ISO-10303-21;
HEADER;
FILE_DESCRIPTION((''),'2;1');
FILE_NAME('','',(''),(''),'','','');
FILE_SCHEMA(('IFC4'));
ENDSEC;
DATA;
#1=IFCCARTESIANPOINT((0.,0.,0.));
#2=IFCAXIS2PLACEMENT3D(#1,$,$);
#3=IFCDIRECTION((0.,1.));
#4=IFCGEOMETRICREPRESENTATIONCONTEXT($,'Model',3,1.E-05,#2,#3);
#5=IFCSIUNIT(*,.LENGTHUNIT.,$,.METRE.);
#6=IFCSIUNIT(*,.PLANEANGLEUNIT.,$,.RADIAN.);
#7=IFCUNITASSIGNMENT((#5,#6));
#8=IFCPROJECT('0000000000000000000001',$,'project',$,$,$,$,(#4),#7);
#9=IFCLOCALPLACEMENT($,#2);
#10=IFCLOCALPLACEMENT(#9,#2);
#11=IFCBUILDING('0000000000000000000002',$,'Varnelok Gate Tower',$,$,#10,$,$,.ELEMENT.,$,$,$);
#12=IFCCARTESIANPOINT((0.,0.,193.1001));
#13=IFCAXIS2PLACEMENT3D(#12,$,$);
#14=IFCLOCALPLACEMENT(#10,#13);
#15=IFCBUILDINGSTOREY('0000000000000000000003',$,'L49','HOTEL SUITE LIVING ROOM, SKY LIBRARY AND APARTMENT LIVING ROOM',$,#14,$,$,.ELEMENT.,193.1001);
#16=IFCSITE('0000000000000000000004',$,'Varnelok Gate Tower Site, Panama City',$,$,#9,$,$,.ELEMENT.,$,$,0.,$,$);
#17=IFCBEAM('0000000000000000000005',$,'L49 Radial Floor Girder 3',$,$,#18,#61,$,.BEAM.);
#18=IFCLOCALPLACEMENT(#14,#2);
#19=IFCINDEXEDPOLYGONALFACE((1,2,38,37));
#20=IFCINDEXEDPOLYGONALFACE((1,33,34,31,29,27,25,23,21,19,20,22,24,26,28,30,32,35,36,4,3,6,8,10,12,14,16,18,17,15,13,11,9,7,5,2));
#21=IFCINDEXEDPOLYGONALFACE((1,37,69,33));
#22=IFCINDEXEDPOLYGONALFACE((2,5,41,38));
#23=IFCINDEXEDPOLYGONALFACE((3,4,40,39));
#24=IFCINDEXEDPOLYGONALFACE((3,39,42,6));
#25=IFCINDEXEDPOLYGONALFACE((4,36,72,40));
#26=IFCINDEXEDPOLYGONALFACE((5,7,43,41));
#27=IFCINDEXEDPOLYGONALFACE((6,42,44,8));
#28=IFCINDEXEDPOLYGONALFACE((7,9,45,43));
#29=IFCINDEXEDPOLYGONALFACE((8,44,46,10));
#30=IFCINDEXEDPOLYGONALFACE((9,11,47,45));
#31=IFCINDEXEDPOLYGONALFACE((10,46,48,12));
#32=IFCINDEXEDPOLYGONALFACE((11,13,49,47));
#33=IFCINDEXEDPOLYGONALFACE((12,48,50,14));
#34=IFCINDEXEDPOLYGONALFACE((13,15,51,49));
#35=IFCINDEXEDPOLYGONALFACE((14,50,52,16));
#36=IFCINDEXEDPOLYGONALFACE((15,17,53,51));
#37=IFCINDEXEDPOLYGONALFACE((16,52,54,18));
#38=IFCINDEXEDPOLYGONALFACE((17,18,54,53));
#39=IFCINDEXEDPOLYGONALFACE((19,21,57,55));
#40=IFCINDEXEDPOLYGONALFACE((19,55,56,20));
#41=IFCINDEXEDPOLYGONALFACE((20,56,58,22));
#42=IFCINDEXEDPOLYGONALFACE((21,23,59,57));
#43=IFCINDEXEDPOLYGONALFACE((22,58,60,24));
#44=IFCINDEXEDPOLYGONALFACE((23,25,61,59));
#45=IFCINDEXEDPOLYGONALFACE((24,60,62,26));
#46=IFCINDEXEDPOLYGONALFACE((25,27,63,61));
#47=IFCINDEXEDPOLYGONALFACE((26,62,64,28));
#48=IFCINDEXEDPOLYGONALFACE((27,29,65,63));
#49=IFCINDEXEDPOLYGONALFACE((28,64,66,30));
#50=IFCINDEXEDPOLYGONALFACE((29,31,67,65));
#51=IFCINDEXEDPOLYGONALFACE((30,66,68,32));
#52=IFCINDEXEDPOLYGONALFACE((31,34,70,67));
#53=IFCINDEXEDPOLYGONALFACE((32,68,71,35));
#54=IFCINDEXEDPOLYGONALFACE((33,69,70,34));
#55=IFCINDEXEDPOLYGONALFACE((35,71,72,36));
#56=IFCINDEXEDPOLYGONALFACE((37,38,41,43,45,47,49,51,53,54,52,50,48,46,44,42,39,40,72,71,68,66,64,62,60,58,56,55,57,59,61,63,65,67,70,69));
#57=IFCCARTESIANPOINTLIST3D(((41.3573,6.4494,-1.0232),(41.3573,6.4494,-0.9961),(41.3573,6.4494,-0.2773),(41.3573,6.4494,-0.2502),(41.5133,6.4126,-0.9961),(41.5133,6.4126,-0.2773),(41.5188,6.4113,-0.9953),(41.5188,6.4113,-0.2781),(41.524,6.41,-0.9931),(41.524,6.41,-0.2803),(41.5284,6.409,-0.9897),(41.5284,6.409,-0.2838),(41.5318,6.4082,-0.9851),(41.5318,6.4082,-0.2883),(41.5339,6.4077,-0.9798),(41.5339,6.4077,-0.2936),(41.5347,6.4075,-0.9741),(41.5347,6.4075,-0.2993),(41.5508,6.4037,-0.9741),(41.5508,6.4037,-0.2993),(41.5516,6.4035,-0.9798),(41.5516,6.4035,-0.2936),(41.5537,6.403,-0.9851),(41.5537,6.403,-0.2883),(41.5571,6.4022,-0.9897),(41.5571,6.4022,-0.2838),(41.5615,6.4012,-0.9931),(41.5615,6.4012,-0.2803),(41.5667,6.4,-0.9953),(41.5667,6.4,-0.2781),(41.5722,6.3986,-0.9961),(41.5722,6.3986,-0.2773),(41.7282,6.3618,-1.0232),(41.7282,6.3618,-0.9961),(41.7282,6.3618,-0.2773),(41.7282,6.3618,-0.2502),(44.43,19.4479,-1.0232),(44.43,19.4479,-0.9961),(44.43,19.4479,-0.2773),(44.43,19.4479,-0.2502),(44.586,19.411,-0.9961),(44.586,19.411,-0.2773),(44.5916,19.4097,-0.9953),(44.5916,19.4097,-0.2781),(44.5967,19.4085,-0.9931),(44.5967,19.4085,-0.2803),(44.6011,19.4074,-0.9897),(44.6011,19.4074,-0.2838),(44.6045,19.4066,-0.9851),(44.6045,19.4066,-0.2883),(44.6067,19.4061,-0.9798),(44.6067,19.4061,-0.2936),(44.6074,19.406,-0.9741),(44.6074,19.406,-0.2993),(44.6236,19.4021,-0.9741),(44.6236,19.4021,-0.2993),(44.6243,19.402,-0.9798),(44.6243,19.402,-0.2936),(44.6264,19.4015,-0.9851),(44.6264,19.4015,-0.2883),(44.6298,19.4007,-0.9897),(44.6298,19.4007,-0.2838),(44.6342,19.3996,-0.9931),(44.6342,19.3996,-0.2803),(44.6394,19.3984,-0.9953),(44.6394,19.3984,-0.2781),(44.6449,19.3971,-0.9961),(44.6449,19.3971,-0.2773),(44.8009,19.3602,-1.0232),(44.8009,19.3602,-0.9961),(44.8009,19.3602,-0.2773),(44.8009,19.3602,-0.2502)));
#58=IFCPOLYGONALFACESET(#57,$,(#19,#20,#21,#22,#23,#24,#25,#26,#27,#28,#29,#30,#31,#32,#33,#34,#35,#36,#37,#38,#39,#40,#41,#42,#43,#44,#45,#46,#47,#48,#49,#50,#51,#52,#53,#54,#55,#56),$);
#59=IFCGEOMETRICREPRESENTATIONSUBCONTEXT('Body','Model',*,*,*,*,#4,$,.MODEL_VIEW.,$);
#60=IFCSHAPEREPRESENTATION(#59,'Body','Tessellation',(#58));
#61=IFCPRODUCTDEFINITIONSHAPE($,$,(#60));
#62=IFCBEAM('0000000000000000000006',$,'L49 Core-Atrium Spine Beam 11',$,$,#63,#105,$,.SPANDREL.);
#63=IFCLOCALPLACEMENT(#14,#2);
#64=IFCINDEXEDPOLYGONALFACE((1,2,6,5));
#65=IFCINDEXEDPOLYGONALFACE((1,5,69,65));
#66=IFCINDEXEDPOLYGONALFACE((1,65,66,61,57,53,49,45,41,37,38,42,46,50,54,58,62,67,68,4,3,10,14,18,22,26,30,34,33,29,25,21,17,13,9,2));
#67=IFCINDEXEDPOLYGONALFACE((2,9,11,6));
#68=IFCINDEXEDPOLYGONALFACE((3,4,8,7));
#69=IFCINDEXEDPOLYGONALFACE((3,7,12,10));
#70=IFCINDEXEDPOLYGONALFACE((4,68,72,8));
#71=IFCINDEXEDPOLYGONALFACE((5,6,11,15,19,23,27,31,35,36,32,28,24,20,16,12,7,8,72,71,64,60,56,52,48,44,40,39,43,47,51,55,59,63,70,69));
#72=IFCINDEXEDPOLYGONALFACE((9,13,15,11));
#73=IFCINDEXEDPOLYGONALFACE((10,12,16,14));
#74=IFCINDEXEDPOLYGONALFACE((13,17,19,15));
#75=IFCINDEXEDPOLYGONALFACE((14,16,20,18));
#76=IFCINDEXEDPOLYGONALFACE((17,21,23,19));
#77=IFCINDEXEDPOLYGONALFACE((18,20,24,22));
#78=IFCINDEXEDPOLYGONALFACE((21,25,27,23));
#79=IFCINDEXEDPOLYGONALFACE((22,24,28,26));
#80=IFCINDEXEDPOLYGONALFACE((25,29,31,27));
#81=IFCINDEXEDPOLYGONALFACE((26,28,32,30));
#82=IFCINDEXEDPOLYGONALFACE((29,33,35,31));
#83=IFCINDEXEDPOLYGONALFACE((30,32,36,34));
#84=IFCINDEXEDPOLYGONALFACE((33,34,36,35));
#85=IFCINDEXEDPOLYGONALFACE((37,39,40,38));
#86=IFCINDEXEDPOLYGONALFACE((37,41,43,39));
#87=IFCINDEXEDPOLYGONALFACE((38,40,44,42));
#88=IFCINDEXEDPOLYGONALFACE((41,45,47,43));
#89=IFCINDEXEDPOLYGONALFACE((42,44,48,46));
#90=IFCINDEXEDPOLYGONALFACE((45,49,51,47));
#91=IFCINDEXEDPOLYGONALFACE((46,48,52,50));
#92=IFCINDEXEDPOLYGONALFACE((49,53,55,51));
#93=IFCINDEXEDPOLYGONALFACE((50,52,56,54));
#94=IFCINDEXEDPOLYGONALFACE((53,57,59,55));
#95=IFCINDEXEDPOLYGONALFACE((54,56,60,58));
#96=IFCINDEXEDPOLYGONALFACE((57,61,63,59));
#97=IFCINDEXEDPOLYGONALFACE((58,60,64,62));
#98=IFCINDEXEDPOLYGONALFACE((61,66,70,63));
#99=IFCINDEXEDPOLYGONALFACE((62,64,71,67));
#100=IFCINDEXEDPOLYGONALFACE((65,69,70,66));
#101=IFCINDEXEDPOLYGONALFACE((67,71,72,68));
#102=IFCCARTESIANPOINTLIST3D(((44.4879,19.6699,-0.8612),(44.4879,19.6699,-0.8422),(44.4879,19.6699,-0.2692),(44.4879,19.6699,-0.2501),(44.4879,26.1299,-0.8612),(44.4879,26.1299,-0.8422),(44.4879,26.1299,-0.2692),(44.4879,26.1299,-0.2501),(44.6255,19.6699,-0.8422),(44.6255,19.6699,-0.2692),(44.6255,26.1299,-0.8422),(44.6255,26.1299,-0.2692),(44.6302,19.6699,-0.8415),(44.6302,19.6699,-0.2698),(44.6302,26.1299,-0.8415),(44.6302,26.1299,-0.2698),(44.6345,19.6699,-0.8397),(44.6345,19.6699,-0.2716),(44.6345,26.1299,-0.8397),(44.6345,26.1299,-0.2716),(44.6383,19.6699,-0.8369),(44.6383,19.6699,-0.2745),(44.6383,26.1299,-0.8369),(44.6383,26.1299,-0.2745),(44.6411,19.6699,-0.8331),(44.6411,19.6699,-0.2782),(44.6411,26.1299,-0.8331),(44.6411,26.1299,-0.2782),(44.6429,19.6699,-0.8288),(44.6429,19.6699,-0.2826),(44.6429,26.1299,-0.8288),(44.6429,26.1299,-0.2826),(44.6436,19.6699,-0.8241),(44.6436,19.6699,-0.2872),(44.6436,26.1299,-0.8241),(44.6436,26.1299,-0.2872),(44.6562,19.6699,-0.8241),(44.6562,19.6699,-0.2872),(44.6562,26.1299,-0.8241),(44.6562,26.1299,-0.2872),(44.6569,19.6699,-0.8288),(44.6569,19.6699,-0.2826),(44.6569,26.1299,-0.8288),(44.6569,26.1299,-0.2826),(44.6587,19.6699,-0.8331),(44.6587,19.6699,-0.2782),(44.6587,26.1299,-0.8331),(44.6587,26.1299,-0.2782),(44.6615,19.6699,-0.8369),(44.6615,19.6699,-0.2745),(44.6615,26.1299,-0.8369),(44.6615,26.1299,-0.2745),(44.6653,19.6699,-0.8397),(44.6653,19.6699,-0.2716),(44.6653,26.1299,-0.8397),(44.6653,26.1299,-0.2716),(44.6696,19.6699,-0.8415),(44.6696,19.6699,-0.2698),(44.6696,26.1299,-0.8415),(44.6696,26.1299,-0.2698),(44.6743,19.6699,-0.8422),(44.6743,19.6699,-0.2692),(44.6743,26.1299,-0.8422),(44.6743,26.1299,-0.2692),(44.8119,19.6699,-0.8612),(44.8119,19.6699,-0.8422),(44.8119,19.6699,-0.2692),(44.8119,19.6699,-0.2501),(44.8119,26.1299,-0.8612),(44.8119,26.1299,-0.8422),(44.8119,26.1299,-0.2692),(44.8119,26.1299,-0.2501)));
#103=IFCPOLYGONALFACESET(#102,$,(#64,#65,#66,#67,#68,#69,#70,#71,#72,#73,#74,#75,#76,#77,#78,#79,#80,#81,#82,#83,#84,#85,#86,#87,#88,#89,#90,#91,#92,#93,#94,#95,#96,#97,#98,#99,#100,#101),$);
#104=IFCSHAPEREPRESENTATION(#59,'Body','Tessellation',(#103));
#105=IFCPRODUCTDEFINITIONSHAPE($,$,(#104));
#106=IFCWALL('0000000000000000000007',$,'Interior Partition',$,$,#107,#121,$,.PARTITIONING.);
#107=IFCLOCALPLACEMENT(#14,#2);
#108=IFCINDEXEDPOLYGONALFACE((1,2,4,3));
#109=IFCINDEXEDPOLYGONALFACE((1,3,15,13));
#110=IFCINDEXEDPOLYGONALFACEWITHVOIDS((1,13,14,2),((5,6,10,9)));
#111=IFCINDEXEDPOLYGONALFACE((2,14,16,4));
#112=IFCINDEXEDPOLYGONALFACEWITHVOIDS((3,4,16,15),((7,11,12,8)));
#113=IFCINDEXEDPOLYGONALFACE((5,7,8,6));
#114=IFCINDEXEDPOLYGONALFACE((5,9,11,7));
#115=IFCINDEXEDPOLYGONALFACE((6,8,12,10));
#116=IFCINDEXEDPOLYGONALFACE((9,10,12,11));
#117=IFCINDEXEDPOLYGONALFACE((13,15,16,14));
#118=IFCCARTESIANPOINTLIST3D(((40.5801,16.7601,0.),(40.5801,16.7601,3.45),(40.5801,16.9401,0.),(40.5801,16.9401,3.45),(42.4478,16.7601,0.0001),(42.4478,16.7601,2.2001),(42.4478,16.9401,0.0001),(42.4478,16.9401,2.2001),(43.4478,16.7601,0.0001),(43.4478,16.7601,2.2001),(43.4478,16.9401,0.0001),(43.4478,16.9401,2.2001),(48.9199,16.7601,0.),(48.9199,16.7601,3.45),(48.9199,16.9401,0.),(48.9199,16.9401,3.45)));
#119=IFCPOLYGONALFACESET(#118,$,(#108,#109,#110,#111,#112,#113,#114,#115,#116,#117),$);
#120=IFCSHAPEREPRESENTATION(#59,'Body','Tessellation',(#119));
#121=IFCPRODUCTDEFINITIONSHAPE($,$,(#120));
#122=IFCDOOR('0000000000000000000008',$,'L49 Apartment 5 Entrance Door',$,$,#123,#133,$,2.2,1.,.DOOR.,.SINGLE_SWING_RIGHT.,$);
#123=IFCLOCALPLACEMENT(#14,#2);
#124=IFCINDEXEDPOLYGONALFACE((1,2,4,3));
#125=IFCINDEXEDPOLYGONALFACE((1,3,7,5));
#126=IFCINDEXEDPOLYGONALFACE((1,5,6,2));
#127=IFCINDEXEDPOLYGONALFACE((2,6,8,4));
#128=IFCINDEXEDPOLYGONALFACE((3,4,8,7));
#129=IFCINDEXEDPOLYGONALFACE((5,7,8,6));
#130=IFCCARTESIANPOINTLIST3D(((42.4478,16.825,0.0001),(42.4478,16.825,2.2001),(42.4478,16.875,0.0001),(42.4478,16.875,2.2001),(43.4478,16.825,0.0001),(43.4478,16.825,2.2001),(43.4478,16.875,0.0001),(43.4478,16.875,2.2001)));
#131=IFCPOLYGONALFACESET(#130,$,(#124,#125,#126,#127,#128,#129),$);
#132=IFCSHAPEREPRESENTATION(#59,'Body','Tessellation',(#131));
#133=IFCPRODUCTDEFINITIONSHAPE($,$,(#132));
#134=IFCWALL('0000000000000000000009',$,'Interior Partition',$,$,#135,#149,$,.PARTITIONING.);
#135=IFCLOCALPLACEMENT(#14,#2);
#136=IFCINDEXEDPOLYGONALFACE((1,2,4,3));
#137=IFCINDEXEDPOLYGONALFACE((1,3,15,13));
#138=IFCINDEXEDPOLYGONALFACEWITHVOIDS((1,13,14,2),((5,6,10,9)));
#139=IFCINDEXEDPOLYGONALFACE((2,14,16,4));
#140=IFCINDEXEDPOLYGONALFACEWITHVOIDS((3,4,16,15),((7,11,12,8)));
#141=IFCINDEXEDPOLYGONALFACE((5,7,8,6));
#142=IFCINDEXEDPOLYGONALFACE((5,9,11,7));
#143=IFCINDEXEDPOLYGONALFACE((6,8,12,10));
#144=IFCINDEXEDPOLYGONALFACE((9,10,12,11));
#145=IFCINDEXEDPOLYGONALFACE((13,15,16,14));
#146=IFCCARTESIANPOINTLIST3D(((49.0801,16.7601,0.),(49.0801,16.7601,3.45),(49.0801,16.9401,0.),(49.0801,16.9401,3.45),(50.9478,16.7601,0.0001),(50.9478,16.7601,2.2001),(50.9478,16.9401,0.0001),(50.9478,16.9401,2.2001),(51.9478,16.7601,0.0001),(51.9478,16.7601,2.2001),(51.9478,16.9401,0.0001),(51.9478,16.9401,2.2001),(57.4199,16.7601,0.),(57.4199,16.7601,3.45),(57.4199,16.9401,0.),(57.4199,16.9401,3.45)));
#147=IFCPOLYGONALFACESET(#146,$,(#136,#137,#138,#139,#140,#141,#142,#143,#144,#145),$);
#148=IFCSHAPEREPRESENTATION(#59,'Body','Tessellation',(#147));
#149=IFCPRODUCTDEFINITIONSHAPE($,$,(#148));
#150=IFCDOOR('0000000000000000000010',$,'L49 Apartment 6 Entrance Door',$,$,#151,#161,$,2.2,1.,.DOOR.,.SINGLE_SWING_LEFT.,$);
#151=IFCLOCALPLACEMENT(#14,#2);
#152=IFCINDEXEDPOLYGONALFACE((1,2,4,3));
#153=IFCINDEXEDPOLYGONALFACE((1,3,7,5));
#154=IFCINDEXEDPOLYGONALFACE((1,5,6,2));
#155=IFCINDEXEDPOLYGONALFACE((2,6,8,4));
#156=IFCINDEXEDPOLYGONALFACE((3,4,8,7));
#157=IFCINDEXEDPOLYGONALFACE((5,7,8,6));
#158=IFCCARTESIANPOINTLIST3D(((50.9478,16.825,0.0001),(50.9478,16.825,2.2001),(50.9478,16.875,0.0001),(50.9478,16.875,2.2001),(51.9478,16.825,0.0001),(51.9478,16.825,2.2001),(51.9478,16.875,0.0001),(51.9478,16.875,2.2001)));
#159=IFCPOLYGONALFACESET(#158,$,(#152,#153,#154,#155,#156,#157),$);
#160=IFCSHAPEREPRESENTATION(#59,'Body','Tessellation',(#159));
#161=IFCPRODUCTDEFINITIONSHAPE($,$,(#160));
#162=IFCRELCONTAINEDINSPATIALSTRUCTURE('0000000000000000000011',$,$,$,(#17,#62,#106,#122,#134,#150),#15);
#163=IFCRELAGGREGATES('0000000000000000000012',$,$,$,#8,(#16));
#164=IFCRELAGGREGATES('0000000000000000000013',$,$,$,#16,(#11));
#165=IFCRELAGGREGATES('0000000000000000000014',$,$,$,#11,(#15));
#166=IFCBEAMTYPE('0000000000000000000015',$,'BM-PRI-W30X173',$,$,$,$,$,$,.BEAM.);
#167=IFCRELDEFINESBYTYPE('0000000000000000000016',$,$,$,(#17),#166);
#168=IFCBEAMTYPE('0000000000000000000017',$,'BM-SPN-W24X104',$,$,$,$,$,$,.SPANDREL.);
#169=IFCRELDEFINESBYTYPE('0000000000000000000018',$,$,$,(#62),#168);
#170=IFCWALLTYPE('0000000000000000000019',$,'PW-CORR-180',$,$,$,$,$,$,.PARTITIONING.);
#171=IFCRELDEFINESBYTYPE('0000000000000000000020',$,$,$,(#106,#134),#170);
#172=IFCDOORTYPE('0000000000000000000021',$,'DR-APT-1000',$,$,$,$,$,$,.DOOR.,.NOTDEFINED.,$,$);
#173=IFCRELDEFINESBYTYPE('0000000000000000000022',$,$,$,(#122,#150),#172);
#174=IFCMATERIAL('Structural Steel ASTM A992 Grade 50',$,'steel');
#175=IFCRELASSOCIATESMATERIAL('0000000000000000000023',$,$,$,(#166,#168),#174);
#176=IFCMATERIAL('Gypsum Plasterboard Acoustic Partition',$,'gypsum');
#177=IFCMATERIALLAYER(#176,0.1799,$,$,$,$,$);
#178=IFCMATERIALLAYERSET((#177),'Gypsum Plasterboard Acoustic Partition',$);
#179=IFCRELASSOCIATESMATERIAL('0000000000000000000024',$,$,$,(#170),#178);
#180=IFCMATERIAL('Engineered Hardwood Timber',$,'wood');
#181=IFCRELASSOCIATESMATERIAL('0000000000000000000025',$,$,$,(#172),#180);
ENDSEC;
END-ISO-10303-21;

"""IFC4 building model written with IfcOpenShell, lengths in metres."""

from ifc_helpers import new_model, si_unit, direction, frame, frame_2d, origin, origin_2d, place, context, subcontext, project, spatial, rectangle, i_section, extrude, material, layer, layer_set, material_profile, profile_set, type_object, element, fill, save


model = new_model("IFC4")

# Units and contexts
model_context = context("Model", 3, precision=1e-05, world=origin(), true_north=direction((0.0, 1.0)))
body_context = subcontext(model_context, "Body", "Model", "MODEL_VIEW")
ifc_project = project(units=[si_unit("LENGTHUNIT", "METRE"), si_unit("PLANEANGLEUNIT", "RADIAN")], contexts=[model_context])

# Site, building, storey
site_placement = place(None, origin())
site = spatial("IfcSite", under=ifc_project, at=site_placement, Name="Varnelok Gate Tower Site, Panama City", CompositionType="ELEMENT", RefElevation=0.0)
building_placement = place(site_placement, origin())
building = spatial("IfcBuilding", under=site, at=building_placement, Name="Varnelok Gate Tower", CompositionType="ELEMENT")
storey_placement = place(building_placement, frame((0.0, 0.0, 193.1001)))
storey = spatial("IfcBuildingStorey", under=building, at=storey_placement, Name="L49", Description="HOTEL SUITE LIVING ROOM, SKY LIBRARY AND APARTMENT LIVING ROOM", CompositionType="ELEMENT", Elevation=193.1001)

# Shared definitions
ifc_material_1 = material(Name="Structural Steel ASTM A992 Grade 50", Category="steel")

# Beams
ifc_material_profile_1 = material_profile(ifc_material_1, i_section(OverallWidth=0.3811, OverallDepth=0.7729, WebThickness=0.0166, FlangeThickness=0.0271, FilletRadius=0.022, at=origin_2d()), Name="W30X173")
ifc_profile_set_1 = profile_set([ifc_material_profile_1], Name="Structural Steel ASTM A992 Grade 50")
beam_type_1 = type_object("IfcBeamType", Name="BM-PRI-W30X173", PredefinedType="BEAM", material=ifc_profile_set_1)
beam_1_placement = place(storey_placement, frame((44.6155, 19.4041, -0.6367), z_axis=(-0.230052, -0.973178, 0.0), x_axis=(0.973178, -0.230052, 0.0)))
element("IfcBeam", 1, at=beam_1_placement, inside=storey, type_object=beam_type_1, Name="L49 Radial Floor Girder 3", PredefinedType="BEAM", context=body_context, shape_type="SweptSolid", body=[
    extrude(i_section(OverallWidth=0.3811, OverallDepth=0.7729, WebThickness=0.0166, FlangeThickness=0.0271, FilletRadius=0.022, at=origin_2d()), origin(), (0.0, 0.0, 1.0), 13.3567),
])
ifc_material_profile_2 = material_profile(ifc_material_1, i_section(OverallWidth=0.324, OverallDepth=0.6111, WebThickness=0.0127, FlangeThickness=0.019, FilletRadius=0.0181, at=origin_2d()), Name="W24X104")
ifc_profile_set_2 = profile_set([ifc_material_profile_2], Name="Structural Steel ASTM A992 Grade 50")
beam_type_2 = type_object("IfcBeamType", Name="BM-SPN-W24X104", PredefinedType="SPANDREL", material=ifc_profile_set_2)
beam_2_placement = place(storey_placement, frame((44.6499, 19.6699, -0.5557), z_axis=(0.0, 1.0, 0.0), x_axis=(-1.0, 0.0, 0.0)))
element("IfcBeam", 2, at=beam_2_placement, inside=storey, type_object=beam_type_2, Name="L49 Core-Atrium Spine Beam 11", PredefinedType="SPANDREL", context=body_context, shape_type="SweptSolid", body=[
    extrude(i_section(OverallWidth=0.324, OverallDepth=0.6111, WebThickness=0.0127, FlangeThickness=0.019, FilletRadius=0.0181, at=origin_2d()), origin(), (0.0, 0.0, 1.0), 6.46),
])

# Walls, openings, doors
ifc_material_2 = material(Name="Gypsum Plasterboard Acoustic Partition", Category="gypsum")
ifc_layer_1 = layer(ifc_material_2, 0.1799)
ifc_layer_set_1 = layer_set([ifc_layer_1], Name="Gypsum Plasterboard Acoustic Partition")
wall_type_1 = type_object("IfcWallType", Name="PW-CORR-180", PredefinedType="PARTITIONING", material=ifc_layer_set_1)
wall_1_placement = place(storey_placement, frame((40.5801, 16.8501, 0.0), z_axis=(0.0, 0.0, 1.0), x_axis=(1.0, 0.0, 0.0)))
wall_1 = element("IfcWall", 3, at=wall_1_placement, inside=storey, type_object=wall_type_1, Name="Interior Partition", PredefinedType="PARTITIONING", context=body_context, shape_type="SweptSolid", body=[
    extrude(rectangle(XDim=8.3398, YDim=0.1799, at=frame_2d((4.1699, 0.0))), origin(), (0.0, 0.0, 1.0), 3.45),
])
opening_1_placement = place(wall_1_placement, frame((1.8677, 0.0, 0.0)))
opening_1 = element("IfcOpeningElement", 4, at=opening_1_placement, cuts=wall_1, PredefinedType="OPENING", context=body_context, shape_type="SweptSolid", body=[
    extrude(rectangle(XDim=1.0, YDim=2.2, at=frame_2d((0.5, 1.1001))), frame((0.0, 0.0999, 0.0), z_axis=(0.0, -1.0, 0.0), x_axis=(1.0, 0.0, 0.0)), (0.0, 0.0, 1.0), 0.2),
])
ifc_material_3 = material(Name="Engineered Hardwood Timber", Category="wood")
door_type_1 = type_object("IfcDoorType", Name="DR-APT-1000", OperationType="NOTDEFINED", PredefinedType="DOOR", material=ifc_material_3)
door_1_placement = place(opening_1_placement, origin())
door_1 = element("IfcDoor", 5, at=door_1_placement, inside=storey, type_object=door_type_1, Name="L49 Apartment 5 Entrance Door", OperationType="SINGLE_SWING_RIGHT", OverallHeight=2.2, OverallWidth=1.0, PredefinedType="DOOR", context=body_context, shape_type="SweptSolid", body=[
    extrude(rectangle(XDim=1.0, YDim=2.2, at=frame_2d((0.5, 1.1001))), frame((0.0, 0.0249, 0.0), z_axis=(0.0, -1.0, 0.0), x_axis=(1.0, 0.0, 0.0)), (0.0, 0.0, 1.0), 0.05),
])
fill(opening_1, door_1)
wall_2_placement = place(storey_placement, frame((49.0801, 16.8501, 0.0), z_axis=(0.0, 0.0, 1.0), x_axis=(1.0, 0.0, 0.0)))
wall_2 = element("IfcWall", 6, at=wall_2_placement, inside=storey, type_object=wall_type_1, Name="Interior Partition", PredefinedType="PARTITIONING", context=body_context, shape_type="SweptSolid", body=[
    extrude(rectangle(XDim=8.3398, YDim=0.1799, at=frame_2d((4.1699, 0.0))), origin(), (0.0, 0.0, 1.0), 3.45),
])
opening_2_placement = place(wall_2_placement, frame((1.8677, 0.0, 0.0)))
opening_2 = element("IfcOpeningElement", 7, at=opening_2_placement, cuts=wall_2, PredefinedType="OPENING", context=body_context, shape_type="SweptSolid", body=[
    extrude(rectangle(XDim=1.0, YDim=2.2, at=frame_2d((0.5, 1.1001))), frame((0.0, 0.0999, 0.0), z_axis=(0.0, -1.0, 0.0), x_axis=(1.0, 0.0, 0.0)), (0.0, 0.0, 1.0), 0.2),
])
door_2_placement = place(opening_2_placement, origin())
door_2 = element("IfcDoor", 8, at=door_2_placement, inside=storey, type_object=door_type_1, Name="L49 Apartment 6 Entrance Door", OperationType="SINGLE_SWING_LEFT", OverallHeight=2.2, OverallWidth=1.0, PredefinedType="DOOR", context=body_context, shape_type="SweptSolid", body=[
    extrude(rectangle(XDim=1.0, YDim=2.2, at=frame_2d((0.5, 1.1001))), frame((0.0, 0.0249, 0.0), z_axis=(0.0, -1.0, 0.0), x_axis=(1.0, 0.0, 0.0)), (0.0, 0.0, 1.0), 0.05),
])
fill(opening_2, door_2)

save(model, "model.ifc")
